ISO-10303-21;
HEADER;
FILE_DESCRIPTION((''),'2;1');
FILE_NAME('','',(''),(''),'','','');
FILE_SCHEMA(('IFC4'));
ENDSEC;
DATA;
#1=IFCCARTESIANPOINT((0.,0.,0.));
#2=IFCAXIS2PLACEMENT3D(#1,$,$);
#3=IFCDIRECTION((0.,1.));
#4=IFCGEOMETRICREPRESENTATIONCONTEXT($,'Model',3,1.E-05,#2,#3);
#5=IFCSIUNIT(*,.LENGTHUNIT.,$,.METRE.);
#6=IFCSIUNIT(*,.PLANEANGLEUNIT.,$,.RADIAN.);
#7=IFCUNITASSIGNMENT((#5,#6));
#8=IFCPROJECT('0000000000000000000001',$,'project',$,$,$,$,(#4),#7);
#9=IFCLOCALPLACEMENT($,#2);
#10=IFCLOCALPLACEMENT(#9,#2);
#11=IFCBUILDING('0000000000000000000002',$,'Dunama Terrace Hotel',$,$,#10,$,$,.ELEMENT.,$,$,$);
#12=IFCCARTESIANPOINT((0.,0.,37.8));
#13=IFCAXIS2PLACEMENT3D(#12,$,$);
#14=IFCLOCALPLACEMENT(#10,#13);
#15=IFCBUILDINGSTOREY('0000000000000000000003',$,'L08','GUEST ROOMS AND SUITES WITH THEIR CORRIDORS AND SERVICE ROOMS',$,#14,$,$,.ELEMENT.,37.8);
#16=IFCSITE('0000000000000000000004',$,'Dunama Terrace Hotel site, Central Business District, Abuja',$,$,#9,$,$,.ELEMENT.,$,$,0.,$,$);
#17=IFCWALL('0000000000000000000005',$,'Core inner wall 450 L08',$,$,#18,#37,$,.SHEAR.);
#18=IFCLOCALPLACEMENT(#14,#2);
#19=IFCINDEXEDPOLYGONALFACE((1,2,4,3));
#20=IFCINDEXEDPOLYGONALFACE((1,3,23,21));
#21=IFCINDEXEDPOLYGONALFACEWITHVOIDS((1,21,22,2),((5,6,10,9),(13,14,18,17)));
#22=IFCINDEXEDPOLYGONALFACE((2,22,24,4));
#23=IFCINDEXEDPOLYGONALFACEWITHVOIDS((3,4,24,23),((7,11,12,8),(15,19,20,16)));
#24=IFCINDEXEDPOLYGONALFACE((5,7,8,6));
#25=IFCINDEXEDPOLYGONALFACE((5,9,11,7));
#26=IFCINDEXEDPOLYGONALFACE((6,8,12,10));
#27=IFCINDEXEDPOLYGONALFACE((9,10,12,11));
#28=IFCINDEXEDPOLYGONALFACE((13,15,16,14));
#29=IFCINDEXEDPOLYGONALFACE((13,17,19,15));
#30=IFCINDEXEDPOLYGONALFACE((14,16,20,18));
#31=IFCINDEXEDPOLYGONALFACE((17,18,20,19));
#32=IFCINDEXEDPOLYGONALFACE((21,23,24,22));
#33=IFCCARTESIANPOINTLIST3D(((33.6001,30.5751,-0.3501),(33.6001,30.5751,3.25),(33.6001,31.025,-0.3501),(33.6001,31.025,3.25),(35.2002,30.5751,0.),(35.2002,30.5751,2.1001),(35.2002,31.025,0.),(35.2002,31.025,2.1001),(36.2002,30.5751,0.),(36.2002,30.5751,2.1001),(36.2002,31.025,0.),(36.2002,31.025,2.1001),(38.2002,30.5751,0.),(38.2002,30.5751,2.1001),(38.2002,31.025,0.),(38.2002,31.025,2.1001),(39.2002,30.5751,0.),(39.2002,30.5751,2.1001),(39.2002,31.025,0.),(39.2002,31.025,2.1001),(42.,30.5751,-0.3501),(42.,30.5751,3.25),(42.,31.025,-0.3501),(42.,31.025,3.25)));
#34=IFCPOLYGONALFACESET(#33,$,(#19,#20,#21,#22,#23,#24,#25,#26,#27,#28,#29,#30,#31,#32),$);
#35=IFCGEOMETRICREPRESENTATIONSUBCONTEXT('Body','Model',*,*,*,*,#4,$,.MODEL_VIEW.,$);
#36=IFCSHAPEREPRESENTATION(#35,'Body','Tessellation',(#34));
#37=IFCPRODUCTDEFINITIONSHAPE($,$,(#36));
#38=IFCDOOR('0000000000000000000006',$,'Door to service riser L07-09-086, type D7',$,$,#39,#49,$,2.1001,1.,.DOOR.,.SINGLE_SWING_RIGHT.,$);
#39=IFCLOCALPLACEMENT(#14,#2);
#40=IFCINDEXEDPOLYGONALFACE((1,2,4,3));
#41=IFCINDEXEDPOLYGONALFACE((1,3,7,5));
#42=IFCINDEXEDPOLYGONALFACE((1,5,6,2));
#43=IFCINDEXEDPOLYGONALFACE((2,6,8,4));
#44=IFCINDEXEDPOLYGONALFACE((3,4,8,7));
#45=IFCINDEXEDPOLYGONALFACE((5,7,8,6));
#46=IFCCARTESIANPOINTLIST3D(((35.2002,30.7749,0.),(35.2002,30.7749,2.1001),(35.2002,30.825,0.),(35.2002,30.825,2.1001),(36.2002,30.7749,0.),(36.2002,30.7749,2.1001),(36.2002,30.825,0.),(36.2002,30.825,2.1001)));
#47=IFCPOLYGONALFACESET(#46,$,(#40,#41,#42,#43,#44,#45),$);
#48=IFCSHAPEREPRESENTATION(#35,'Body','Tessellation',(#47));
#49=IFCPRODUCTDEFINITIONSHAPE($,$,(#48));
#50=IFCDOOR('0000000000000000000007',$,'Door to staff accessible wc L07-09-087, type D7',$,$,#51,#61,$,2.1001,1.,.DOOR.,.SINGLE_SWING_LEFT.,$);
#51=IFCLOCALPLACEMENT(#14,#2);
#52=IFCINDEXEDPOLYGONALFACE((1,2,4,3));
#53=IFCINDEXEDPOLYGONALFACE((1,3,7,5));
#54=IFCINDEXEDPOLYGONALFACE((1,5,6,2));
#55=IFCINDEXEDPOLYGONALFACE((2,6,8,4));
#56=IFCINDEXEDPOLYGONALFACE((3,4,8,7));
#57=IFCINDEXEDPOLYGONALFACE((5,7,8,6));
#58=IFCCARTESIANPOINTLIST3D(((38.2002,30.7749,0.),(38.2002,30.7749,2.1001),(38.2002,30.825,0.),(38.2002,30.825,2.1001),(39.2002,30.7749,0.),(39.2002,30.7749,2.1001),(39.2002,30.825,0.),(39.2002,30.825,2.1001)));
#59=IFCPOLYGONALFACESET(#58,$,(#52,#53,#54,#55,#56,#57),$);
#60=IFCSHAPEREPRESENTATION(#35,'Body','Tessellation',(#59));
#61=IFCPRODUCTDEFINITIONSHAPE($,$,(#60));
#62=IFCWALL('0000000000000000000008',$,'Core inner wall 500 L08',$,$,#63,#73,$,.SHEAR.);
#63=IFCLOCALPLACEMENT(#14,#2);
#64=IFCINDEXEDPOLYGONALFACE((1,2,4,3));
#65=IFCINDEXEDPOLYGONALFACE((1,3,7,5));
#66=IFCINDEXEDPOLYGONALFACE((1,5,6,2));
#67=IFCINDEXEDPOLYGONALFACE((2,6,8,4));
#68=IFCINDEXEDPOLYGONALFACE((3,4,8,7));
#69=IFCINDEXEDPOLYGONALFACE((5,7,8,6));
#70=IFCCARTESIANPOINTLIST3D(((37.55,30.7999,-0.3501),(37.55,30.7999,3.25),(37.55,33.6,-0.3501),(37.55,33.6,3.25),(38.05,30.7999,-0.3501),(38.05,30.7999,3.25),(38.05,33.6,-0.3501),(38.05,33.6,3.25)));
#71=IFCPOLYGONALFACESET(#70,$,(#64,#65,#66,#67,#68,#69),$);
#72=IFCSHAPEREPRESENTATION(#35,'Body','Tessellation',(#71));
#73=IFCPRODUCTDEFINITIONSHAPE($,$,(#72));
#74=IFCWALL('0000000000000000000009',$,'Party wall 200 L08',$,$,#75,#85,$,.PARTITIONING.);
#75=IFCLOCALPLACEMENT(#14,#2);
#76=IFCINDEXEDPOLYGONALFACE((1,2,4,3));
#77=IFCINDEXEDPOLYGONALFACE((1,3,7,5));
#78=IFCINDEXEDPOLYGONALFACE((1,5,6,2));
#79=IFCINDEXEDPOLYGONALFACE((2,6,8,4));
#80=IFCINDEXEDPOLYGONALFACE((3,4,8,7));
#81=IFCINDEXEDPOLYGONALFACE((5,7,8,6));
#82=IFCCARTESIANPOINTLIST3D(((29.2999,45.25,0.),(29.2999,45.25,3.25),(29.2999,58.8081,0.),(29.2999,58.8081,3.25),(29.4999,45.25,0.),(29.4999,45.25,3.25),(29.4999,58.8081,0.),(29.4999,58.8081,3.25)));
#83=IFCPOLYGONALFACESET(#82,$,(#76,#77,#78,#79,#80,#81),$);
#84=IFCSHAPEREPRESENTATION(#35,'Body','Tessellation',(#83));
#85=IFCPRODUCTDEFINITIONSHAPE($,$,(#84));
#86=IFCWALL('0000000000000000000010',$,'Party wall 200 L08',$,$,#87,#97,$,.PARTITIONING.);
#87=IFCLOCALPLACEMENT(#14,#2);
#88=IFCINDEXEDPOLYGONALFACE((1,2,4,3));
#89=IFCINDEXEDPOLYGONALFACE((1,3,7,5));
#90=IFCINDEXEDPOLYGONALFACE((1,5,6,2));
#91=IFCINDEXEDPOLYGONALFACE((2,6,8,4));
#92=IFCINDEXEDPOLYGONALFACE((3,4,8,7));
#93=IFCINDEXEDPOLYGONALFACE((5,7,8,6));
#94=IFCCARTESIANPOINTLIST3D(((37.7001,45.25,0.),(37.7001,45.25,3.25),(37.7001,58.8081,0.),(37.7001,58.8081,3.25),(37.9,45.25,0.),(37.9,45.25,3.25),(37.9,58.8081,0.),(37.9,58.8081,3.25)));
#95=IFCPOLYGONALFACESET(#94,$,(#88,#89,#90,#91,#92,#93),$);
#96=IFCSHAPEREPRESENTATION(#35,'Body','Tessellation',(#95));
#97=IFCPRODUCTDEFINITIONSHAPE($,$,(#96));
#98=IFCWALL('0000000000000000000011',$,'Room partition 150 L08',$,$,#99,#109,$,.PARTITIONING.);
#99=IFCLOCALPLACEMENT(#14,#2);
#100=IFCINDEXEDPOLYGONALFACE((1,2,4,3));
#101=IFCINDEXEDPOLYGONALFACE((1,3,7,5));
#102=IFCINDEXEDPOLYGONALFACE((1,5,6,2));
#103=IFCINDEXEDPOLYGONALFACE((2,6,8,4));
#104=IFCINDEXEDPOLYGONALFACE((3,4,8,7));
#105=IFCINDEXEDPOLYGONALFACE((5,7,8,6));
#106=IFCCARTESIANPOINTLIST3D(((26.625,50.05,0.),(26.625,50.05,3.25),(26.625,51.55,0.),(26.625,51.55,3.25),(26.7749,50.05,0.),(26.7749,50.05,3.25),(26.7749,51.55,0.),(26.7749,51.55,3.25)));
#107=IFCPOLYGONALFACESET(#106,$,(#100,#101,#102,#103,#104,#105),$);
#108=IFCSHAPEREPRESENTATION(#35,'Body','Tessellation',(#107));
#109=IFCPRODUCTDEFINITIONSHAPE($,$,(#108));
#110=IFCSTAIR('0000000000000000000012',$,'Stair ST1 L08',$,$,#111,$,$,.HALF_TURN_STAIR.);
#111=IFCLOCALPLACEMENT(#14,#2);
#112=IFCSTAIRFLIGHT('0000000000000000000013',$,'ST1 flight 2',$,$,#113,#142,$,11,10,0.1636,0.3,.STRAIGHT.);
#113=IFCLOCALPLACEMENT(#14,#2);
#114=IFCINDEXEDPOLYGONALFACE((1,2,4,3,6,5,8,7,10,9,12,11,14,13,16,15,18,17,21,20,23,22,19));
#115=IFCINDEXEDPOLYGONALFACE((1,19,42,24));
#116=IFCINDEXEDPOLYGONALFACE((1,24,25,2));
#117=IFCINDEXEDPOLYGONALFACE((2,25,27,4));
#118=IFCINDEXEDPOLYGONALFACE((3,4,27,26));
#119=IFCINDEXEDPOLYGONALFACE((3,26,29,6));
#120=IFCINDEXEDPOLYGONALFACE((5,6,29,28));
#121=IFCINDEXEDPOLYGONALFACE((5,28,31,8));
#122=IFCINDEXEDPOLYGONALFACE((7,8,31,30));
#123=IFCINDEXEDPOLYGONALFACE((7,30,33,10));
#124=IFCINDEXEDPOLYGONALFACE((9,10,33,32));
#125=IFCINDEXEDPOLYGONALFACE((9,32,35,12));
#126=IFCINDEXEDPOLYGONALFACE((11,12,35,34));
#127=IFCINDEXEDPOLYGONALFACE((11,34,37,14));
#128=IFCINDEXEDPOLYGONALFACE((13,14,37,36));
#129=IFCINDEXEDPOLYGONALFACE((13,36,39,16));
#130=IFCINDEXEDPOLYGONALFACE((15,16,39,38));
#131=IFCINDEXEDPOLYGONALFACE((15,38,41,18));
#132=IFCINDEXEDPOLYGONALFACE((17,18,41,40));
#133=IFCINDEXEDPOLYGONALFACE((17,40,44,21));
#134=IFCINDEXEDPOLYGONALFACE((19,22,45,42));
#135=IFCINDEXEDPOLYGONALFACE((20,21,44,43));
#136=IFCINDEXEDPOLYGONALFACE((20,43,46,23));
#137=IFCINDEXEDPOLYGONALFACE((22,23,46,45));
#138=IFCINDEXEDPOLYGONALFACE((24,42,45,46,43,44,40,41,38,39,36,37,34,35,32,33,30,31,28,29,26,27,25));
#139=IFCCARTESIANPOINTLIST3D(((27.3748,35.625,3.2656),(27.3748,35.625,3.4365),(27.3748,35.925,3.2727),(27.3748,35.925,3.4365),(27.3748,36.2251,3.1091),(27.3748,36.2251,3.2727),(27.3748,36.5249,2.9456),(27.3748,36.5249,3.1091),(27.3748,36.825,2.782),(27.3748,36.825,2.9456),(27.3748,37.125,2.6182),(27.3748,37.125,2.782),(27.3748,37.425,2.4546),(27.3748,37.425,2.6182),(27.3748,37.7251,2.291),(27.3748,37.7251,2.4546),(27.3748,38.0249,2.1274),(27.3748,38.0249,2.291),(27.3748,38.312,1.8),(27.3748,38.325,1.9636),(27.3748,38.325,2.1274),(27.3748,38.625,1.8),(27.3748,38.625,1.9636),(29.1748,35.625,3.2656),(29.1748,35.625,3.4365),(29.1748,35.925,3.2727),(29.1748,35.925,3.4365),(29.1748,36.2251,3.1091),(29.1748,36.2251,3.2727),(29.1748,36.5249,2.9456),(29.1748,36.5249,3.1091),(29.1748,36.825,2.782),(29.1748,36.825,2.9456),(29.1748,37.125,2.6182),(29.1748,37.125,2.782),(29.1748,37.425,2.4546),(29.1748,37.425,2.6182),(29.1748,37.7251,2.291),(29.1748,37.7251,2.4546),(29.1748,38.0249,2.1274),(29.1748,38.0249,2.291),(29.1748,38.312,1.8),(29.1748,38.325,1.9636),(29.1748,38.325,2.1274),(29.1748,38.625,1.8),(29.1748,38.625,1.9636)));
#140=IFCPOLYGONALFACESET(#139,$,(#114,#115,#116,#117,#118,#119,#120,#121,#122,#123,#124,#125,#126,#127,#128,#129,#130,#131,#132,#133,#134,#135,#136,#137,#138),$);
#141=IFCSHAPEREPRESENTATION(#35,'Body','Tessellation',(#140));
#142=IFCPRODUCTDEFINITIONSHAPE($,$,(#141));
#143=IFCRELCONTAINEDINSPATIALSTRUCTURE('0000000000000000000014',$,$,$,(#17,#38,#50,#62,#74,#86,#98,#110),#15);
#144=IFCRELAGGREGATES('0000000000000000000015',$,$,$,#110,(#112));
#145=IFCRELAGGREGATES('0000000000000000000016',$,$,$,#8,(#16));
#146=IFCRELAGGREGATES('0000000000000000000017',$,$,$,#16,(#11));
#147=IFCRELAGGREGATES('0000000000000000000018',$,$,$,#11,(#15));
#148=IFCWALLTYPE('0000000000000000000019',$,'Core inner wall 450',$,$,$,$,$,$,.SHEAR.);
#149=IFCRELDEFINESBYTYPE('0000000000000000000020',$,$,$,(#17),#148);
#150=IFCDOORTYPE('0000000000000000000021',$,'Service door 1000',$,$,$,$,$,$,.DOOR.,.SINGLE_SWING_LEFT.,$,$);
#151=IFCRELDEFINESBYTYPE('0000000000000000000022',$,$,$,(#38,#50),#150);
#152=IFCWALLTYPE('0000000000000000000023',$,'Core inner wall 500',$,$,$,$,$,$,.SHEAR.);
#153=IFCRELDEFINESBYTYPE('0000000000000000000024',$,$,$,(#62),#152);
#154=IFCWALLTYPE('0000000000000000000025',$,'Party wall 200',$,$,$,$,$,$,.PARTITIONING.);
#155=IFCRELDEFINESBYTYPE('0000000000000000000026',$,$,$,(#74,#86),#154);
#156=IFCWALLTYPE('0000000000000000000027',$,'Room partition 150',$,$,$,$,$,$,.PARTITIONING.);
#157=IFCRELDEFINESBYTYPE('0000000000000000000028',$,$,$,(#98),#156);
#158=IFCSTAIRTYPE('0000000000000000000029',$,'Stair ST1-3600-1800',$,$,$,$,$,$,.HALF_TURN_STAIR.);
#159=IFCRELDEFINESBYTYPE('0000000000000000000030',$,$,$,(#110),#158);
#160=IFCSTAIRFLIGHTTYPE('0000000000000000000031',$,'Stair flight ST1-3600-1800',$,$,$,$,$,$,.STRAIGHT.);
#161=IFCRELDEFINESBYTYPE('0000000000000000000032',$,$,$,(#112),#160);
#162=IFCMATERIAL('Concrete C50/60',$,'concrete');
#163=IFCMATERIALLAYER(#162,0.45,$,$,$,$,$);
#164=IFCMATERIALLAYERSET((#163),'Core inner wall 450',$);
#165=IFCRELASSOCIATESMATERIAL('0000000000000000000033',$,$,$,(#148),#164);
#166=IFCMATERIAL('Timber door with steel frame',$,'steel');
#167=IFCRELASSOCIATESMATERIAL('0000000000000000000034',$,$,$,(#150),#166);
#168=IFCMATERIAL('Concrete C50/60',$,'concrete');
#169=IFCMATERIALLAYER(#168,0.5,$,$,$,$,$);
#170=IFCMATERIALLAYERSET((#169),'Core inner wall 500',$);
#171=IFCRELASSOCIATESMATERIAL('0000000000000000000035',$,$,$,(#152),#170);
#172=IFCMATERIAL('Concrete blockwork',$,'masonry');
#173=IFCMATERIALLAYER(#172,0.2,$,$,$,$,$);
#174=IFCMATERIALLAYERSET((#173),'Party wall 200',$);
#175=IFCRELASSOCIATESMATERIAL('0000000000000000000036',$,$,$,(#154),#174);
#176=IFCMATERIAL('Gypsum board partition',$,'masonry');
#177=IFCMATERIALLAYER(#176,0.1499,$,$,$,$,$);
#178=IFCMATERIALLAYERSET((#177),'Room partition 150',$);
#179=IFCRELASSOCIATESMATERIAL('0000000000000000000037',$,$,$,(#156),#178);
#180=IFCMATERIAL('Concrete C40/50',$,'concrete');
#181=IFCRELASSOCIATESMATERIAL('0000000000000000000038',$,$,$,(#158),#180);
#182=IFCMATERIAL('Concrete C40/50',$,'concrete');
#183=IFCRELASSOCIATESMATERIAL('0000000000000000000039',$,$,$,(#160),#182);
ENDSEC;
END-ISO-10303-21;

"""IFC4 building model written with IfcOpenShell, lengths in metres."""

from ifc_helpers import new_model, si_unit, direction, frame, frame_2d, origin, place, context, subcontext, project, spatial, polyline, rectangle, outline, extrude, material, layer, layer_set, type_object, element, fill, aggregate, save


model = new_model("IFC4")

# Units and contexts
model_context = context("Model", 3, precision=1e-05, world=origin(), true_north=direction((0.0, 1.0)))
body_context = subcontext(model_context, "Body", "Model", "MODEL_VIEW")
ifc_project = project(units=[si_unit("LENGTHUNIT", "METRE"), si_unit("PLANEANGLEUNIT", "RADIAN")], contexts=[model_context])

# Site, building, storey
site_placement = place(None, origin())
site = spatial("IfcSite", under=ifc_project, at=site_placement, Name="Dunama Terrace Hotel site, Central Business District, Abuja", CompositionType="ELEMENT", RefElevation=0.0)
building_placement = place(site_placement, origin())
building = spatial("IfcBuilding", under=site, at=building_placement, Name="Dunama Terrace Hotel", CompositionType="ELEMENT")
storey_placement = place(building_placement, frame((0.0, 0.0, 37.8)))
storey = spatial("IfcBuildingStorey", under=building, at=storey_placement, Name="L08", Description="GUEST ROOMS AND SUITES WITH THEIR CORRIDORS AND SERVICE ROOMS", CompositionType="ELEMENT", Elevation=37.8)

# Shared definitions
ifc_material_1 = material(Name="Concrete C50/60", Category="concrete")
ifc_layer_1 = layer(ifc_material_1, 0.45)
ifc_layer_set_1 = layer_set([ifc_layer_1], Name="Core inner wall 450")
wall_type_1 = type_object("IfcWallType", Name="Core inner wall 450", PredefinedType="SHEAR", material=ifc_layer_set_1)

# Wall, openings, doors
wall_1_placement = place(storey_placement, frame((33.6001, 30.8, -0.3501), z_axis=(0.0, 0.0, 1.0), x_axis=(1.0, 0.0, 0.0)))
wall_1 = element("IfcWall", 1, at=wall_1_placement, inside=storey, type_object=wall_type_1, Name="Core inner wall 450 L08", PredefinedType="SHEAR", context=body_context, shape_type="SweptSolid", body=[
    extrude(rectangle(XDim=8.3999, YDim=0.45, at=frame_2d((4.2, 0.0))), origin(), (0.0, 0.0, 1.0), 3.6001),
])
opening_1_placement = place(wall_1_placement, frame((1.6001, 0.0, 0.3501)))
opening_1 = element("IfcOpeningElement", 2, at=opening_1_placement, cuts=wall_1, PredefinedType="OPENING", context=body_context, shape_type="SweptSolid", body=[
    extrude(rectangle(XDim=1.0, YDim=2.1001, at=frame_2d((0.5, 1.05))), frame((0.0, 0.2349, 0.0), z_axis=(0.0, -1.0, 0.0), x_axis=(1.0, 0.0, 0.0)), (0.0, 0.0, 1.0), 0.47),
])
opening_2_placement = place(wall_1_placement, frame((4.6001, 0.0, 0.3501)))
opening_2 = element("IfcOpeningElement", 3, at=opening_2_placement, cuts=wall_1, PredefinedType="OPENING", context=body_context, shape_type="SweptSolid", body=[
    extrude(rectangle(XDim=1.0, YDim=2.1001, at=frame_2d((0.5, 1.05))), frame((0.0, 0.2349, 0.0), z_axis=(0.0, -1.0, 0.0), x_axis=(1.0, 0.0, 0.0)), (0.0, 0.0, 1.0), 0.47),
])
ifc_material_2 = material(Name="Timber door with steel frame", Category="steel")
door_type_1 = type_object("IfcDoorType", Name="Service door 1000", OperationType="SINGLE_SWING_LEFT", PredefinedType="DOOR", material=ifc_material_2)
door_1_placement = place(opening_1_placement, origin())
door_1 = element("IfcDoor", 4, at=door_1_placement, inside=storey, type_object=door_type_1, Name="Door to service riser L07-09-086, type D7", OperationType="SINGLE_SWING_RIGHT", OverallHeight=2.1001, OverallWidth=1.0, PredefinedType="DOOR", context=body_context, shape_type="SweptSolid", body=[
    extrude(rectangle(XDim=1.0, YDim=2.1001, at=frame_2d((0.5, 1.05))), frame((0.0, 0.0249, 0.0), z_axis=(0.0, -1.0, 0.0), x_axis=(1.0, 0.0, 0.0)), (0.0, 0.0, 1.0), 0.05),
])
fill(opening_1, door_1)
door_2_placement = place(opening_2_placement, origin())
door_2 = element("IfcDoor", 5, at=door_2_placement, inside=storey, type_object=door_type_1, Name="Door to staff accessible wc L07-09-087, type D7", OperationType="SINGLE_SWING_LEFT", OverallHeight=2.1001, OverallWidth=1.0, PredefinedType="DOOR", context=body_context, shape_type="SweptSolid", body=[
    extrude(rectangle(XDim=1.0, YDim=2.1001, at=frame_2d((0.5, 1.05))), frame((0.0, 0.0249, 0.0), z_axis=(0.0, -1.0, 0.0), x_axis=(1.0, 0.0, 0.0)), (0.0, 0.0, 1.0), 0.05),
])
fill(opening_2, door_2)

# Walls
ifc_material_3 = material(Name="Concrete C50/60", Category="concrete")
ifc_layer_2 = layer(ifc_material_3, 0.5)
ifc_layer_set_2 = layer_set([ifc_layer_2], Name="Core inner wall 500")
wall_type_2 = type_object("IfcWallType", Name="Core inner wall 500", PredefinedType="SHEAR", material=ifc_layer_set_2)
wall_2_placement = place(storey_placement, frame((37.8, 30.8, -0.3501), z_axis=(0.0, 0.0, 1.0), x_axis=(0.0, 1.0, 0.0)))
element("IfcWall", 6, at=wall_2_placement, inside=storey, type_object=wall_type_2, Name="Core inner wall 500 L08", PredefinedType="SHEAR", context=body_context, shape_type="SweptSolid", body=[
    extrude(rectangle(XDim=2.8, YDim=0.5, at=frame_2d((1.3999, 0.0))), origin(), (0.0, 0.0, 1.0), 3.6001),
])
ifc_material_4 = material(Name="Concrete blockwork", Category="masonry")
ifc_layer_3 = layer(ifc_material_4, 0.2)
ifc_layer_set_3 = layer_set([ifc_layer_3], Name="Party wall 200")
wall_type_3 = type_object("IfcWallType", Name="Party wall 200", PredefinedType="PARTITIONING", material=ifc_layer_set_3)
for number, where, z_axis, x_axis, name in (
    (7, (29.3999, 45.25, 0.0), (0.0, 0.0, 1.0), (0.0, 1.0, 0.0), "Party wall 200 L08"),
    (8, (37.8, 45.25, 0.0), (0.0, 0.0, 1.0), (0.0, 1.0, 0.0), "Party wall 200 L08"),
):
    element("IfcWall", number, at=place(storey_placement, frame(where, z_axis=z_axis, x_axis=x_axis)), inside=storey, type_object=wall_type_3, Name=name, PredefinedType="PARTITIONING", context=body_context, shape_type="SweptSolid", body=[
        extrude(rectangle(XDim=13.5581, YDim=0.2, at=frame_2d((6.7791, 0.0))), origin(), (0.0, 0.0, 1.0), 3.25),
    ])
ifc_material_5 = material(Name="Gypsum board partition", Category="masonry")
ifc_layer_4 = layer(ifc_material_5, 0.1499)
ifc_layer_set_4 = layer_set([ifc_layer_4], Name="Room partition 150")
wall_type_4 = type_object("IfcWallType", Name="Room partition 150", PredefinedType="PARTITIONING", material=ifc_layer_set_4)
wall_3_placement = place(storey_placement, frame((26.7, 50.05, 0.0), z_axis=(0.0, 0.0, 1.0), x_axis=(0.0, 1.0, 0.0)))
element("IfcWall", 9, at=wall_3_placement, inside=storey, type_object=wall_type_4, Name="Room partition 150 L08", PredefinedType="PARTITIONING", context=body_context, shape_type="SweptSolid", body=[
    extrude(rectangle(XDim=1.5, YDim=0.1499, at=frame_2d((0.75, 0.0))), origin(), (0.0, 0.0, 1.0), 3.25),
])

# Stair, stair flight
ifc_material_6 = material(Name="Concrete C40/50", Category="concrete")
stair_type = type_object("IfcStairType", Name="Stair ST1-3600-1800", PredefinedType="HALF_TURN_STAIR", material=ifc_material_6)
stair_placement = place(storey_placement, origin())
stair = element("IfcStair", 10, at=stair_placement, inside=storey, type_object=stair_type, Name="Stair ST1 L08", PredefinedType="HALF_TURN_STAIR")
ifc_material_7 = material(Name="Concrete C40/50", Category="concrete")
stair_flight_type = type_object("IfcStairFlightType", Name="Stair flight ST1-3600-1800", PredefinedType="STRAIGHT", material=ifc_material_7)
stair_flight_placement = place(storey_placement, frame((28.2749, 38.625, 1.8), z_axis=(0.0, 0.0, 1.0), x_axis=(0.0, -1.0, 0.0)))
stair_flight = element("IfcStairFlight", 11, at=stair_flight_placement, type_object=stair_flight_type, Name="ST1 flight 2", NumberOfRisers=11, NumberOfTreads=10, PredefinedType="STRAIGHT", RiserHeight=0.1636, TreadLength=0.3, context=body_context, shape_type="SweptSolid", body=[
    extrude(outline(polyline([(0.0, 0.0), (0.0, 0.1636), (0.3, 0.1636), (0.3, 0.3274), (0.6001, 0.3274), (0.6001, 0.491), (0.8999, 0.491), (0.8999, 0.6545), (1.2, 0.6545), (1.2, 0.8181), (1.5, 0.8181), (1.5, 0.9819), (1.8, 0.9819), (1.8, 1.1455), (2.1001, 1.1455), (2.1001, 1.3091), (2.3999, 1.3091), (2.3999, 1.4727), (2.7, 1.4727), (2.7, 1.6365), (3.0, 1.6365), (3.0, 1.8), (3.0, 1.4656), (0.313, 0.0), (0.0, 0.0)])), frame((0.0, 0.8999, 0.0), z_axis=(0.0, -1.0, 0.0), x_axis=(1.0, 0.0, 0.0)), (0.0, 0.0, 1.0), 1.8),
])
aggregate(stair, [stair_flight])

save(model, "model.ifc")
